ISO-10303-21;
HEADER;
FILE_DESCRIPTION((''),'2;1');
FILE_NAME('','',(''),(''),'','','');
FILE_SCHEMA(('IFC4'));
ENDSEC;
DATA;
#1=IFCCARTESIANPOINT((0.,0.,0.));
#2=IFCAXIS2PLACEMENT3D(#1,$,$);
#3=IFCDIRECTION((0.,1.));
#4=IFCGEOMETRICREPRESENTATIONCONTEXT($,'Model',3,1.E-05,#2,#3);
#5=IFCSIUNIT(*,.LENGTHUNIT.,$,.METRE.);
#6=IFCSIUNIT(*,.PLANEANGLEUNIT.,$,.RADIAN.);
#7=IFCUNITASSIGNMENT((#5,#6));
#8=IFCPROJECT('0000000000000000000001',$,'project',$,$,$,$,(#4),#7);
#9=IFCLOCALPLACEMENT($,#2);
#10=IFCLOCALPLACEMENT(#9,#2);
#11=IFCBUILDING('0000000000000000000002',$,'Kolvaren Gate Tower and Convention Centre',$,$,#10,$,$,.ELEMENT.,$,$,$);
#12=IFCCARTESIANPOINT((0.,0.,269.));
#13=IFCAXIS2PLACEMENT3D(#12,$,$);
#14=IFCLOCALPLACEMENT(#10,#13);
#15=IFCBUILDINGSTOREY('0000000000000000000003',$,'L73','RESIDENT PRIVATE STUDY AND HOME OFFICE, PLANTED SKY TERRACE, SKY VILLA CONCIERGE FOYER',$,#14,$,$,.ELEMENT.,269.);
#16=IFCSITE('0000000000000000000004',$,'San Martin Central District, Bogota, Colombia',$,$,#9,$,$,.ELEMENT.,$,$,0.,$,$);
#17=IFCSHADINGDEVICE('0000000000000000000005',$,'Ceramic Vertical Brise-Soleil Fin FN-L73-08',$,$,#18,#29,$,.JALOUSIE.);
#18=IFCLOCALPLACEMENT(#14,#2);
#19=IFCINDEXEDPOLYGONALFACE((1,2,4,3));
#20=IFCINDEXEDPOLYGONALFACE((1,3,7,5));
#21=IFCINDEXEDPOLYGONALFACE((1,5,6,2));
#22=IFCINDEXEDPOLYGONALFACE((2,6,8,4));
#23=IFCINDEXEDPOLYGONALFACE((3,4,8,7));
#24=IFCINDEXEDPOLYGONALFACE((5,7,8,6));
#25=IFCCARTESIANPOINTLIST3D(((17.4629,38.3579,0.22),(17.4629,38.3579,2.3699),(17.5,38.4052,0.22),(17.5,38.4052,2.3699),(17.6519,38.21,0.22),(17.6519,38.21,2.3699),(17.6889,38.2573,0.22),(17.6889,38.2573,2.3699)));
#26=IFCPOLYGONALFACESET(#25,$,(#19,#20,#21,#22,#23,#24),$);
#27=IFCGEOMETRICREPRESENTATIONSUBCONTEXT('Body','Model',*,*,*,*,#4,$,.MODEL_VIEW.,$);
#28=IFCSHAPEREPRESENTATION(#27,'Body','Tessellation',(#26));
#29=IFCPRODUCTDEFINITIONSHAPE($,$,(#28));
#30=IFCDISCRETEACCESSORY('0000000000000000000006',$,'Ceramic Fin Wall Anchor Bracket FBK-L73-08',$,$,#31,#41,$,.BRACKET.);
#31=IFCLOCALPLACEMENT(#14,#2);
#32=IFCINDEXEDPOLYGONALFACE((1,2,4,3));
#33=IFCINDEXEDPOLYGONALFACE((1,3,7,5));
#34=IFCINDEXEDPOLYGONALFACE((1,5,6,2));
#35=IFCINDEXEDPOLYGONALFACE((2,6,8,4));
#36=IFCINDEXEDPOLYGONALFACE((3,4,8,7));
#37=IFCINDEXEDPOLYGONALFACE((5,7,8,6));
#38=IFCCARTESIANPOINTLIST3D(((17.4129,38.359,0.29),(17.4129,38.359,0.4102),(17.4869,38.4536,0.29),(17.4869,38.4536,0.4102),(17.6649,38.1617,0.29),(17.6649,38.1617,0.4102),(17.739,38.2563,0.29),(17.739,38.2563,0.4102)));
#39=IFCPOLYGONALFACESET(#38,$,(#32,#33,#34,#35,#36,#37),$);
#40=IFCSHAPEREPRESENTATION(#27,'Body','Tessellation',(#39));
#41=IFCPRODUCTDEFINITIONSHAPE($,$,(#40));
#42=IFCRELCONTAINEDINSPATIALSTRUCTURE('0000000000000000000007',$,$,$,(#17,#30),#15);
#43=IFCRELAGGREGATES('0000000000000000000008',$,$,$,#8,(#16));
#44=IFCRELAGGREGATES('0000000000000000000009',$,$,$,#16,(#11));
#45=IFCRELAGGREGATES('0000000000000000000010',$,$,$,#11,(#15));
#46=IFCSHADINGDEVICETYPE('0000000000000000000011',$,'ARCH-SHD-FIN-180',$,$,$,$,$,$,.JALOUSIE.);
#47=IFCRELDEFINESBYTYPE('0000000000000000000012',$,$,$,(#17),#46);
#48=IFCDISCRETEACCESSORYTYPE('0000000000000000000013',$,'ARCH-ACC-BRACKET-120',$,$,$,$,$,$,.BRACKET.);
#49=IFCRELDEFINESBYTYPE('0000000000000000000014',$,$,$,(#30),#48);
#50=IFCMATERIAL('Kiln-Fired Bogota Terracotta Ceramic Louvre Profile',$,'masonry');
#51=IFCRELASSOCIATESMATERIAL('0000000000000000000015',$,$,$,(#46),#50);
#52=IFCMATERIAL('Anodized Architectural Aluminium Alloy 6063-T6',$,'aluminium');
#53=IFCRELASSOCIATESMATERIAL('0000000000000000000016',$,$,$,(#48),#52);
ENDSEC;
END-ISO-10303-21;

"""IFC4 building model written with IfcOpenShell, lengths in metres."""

from ifc_helpers import new_model, si_unit, direction, frame, origin, origin_2d, place, context, subcontext, project, spatial, rectangle, extrude, material, type_object, element, save


model = new_model("IFC4")

# Units and contexts
model_context = context("Model", 3, precision=1e-05, world=origin(), true_north=direction((0.0, 1.0)))
body_context = subcontext(model_context, "Body", "Model", "MODEL_VIEW")
ifc_project = project(units=[si_unit("LENGTHUNIT", "METRE"), si_unit("PLANEANGLEUNIT", "RADIAN")], contexts=[model_context])

# Site, building, storey
site_placement = place(None, origin())
site = spatial("IfcSite", under=ifc_project, at=site_placement, Name="San Martin Central District, Bogota, Colombia", CompositionType="ELEMENT", RefElevation=0.0)
building_placement = place(site_placement, origin())
building = spatial("IfcBuilding", under=site, at=building_placement, Name="Kolvaren Gate Tower and Convention Centre", CompositionType="ELEMENT")
storey_placement = place(building_placement, frame((0.0, 0.0, 269.0)))
storey = spatial("IfcBuildingStorey", under=building, at=storey_placement, Name="L73", Description="RESIDENT PRIVATE STUDY AND HOME OFFICE, PLANTED SKY TERRACE, SKY VILLA CONCIERGE FOYER", CompositionType="ELEMENT", Elevation=269.0)

# Shading device
ifc_material_1 = material(Name="Kiln-Fired Bogota Terracotta Ceramic Louvre Profile", Category="masonry")
shading_device_type = type_object("IfcShadingDeviceType", Name="ARCH-SHD-FIN-180", PredefinedType="JALOUSIE", material=ifc_material_1)
shading_device_placement = place(storey_placement, frame((17.5759, 38.3076, 0.22), z_axis=(0.0, 0.0, 1.0), x_axis=(0.61643, 0.78741, 0.0)))
element("IfcShadingDevice", 1, at=shading_device_placement, inside=storey, type_object=shading_device_type, Name="Ceramic Vertical Brise-Soleil Fin FN-L73-08", PredefinedType="JALOUSIE", context=body_context, shape_type="SweptSolid", body=[
    extrude(rectangle(XDim=0.0601, YDim=0.24, at=origin_2d()), origin(), (0.0, 0.0, 1.0), 2.1499),
])

# Discrete accessory
ifc_material_2 = material(Name="Anodized Architectural Aluminium Alloy 6063-T6", Category="aluminium")
discrete_accessory_type = type_object("IfcDiscreteAccessoryType", Name="ARCH-ACC-BRACKET-120", PredefinedType="BRACKET", material=ifc_material_2)
discrete_accessory_placement = place(storey_placement, frame((17.5759, 38.3076, 0.29), z_axis=(0.0, 0.0, 1.0), x_axis=(0.61643, 0.78741, 0.0)))
element("IfcDiscreteAccessory", 2, at=discrete_accessory_placement, inside=storey, type_object=discrete_accessory_type, Name="Ceramic Fin Wall Anchor Bracket FBK-L73-08", PredefinedType="BRACKET", context=body_context, shape_type="SweptSolid", body=[
    extrude(rectangle(XDim=0.1201, YDim=0.3201, at=origin_2d()), origin(), (0.0, 0.0, 1.0), 0.1201),
])

save(model, "model.ifc")
